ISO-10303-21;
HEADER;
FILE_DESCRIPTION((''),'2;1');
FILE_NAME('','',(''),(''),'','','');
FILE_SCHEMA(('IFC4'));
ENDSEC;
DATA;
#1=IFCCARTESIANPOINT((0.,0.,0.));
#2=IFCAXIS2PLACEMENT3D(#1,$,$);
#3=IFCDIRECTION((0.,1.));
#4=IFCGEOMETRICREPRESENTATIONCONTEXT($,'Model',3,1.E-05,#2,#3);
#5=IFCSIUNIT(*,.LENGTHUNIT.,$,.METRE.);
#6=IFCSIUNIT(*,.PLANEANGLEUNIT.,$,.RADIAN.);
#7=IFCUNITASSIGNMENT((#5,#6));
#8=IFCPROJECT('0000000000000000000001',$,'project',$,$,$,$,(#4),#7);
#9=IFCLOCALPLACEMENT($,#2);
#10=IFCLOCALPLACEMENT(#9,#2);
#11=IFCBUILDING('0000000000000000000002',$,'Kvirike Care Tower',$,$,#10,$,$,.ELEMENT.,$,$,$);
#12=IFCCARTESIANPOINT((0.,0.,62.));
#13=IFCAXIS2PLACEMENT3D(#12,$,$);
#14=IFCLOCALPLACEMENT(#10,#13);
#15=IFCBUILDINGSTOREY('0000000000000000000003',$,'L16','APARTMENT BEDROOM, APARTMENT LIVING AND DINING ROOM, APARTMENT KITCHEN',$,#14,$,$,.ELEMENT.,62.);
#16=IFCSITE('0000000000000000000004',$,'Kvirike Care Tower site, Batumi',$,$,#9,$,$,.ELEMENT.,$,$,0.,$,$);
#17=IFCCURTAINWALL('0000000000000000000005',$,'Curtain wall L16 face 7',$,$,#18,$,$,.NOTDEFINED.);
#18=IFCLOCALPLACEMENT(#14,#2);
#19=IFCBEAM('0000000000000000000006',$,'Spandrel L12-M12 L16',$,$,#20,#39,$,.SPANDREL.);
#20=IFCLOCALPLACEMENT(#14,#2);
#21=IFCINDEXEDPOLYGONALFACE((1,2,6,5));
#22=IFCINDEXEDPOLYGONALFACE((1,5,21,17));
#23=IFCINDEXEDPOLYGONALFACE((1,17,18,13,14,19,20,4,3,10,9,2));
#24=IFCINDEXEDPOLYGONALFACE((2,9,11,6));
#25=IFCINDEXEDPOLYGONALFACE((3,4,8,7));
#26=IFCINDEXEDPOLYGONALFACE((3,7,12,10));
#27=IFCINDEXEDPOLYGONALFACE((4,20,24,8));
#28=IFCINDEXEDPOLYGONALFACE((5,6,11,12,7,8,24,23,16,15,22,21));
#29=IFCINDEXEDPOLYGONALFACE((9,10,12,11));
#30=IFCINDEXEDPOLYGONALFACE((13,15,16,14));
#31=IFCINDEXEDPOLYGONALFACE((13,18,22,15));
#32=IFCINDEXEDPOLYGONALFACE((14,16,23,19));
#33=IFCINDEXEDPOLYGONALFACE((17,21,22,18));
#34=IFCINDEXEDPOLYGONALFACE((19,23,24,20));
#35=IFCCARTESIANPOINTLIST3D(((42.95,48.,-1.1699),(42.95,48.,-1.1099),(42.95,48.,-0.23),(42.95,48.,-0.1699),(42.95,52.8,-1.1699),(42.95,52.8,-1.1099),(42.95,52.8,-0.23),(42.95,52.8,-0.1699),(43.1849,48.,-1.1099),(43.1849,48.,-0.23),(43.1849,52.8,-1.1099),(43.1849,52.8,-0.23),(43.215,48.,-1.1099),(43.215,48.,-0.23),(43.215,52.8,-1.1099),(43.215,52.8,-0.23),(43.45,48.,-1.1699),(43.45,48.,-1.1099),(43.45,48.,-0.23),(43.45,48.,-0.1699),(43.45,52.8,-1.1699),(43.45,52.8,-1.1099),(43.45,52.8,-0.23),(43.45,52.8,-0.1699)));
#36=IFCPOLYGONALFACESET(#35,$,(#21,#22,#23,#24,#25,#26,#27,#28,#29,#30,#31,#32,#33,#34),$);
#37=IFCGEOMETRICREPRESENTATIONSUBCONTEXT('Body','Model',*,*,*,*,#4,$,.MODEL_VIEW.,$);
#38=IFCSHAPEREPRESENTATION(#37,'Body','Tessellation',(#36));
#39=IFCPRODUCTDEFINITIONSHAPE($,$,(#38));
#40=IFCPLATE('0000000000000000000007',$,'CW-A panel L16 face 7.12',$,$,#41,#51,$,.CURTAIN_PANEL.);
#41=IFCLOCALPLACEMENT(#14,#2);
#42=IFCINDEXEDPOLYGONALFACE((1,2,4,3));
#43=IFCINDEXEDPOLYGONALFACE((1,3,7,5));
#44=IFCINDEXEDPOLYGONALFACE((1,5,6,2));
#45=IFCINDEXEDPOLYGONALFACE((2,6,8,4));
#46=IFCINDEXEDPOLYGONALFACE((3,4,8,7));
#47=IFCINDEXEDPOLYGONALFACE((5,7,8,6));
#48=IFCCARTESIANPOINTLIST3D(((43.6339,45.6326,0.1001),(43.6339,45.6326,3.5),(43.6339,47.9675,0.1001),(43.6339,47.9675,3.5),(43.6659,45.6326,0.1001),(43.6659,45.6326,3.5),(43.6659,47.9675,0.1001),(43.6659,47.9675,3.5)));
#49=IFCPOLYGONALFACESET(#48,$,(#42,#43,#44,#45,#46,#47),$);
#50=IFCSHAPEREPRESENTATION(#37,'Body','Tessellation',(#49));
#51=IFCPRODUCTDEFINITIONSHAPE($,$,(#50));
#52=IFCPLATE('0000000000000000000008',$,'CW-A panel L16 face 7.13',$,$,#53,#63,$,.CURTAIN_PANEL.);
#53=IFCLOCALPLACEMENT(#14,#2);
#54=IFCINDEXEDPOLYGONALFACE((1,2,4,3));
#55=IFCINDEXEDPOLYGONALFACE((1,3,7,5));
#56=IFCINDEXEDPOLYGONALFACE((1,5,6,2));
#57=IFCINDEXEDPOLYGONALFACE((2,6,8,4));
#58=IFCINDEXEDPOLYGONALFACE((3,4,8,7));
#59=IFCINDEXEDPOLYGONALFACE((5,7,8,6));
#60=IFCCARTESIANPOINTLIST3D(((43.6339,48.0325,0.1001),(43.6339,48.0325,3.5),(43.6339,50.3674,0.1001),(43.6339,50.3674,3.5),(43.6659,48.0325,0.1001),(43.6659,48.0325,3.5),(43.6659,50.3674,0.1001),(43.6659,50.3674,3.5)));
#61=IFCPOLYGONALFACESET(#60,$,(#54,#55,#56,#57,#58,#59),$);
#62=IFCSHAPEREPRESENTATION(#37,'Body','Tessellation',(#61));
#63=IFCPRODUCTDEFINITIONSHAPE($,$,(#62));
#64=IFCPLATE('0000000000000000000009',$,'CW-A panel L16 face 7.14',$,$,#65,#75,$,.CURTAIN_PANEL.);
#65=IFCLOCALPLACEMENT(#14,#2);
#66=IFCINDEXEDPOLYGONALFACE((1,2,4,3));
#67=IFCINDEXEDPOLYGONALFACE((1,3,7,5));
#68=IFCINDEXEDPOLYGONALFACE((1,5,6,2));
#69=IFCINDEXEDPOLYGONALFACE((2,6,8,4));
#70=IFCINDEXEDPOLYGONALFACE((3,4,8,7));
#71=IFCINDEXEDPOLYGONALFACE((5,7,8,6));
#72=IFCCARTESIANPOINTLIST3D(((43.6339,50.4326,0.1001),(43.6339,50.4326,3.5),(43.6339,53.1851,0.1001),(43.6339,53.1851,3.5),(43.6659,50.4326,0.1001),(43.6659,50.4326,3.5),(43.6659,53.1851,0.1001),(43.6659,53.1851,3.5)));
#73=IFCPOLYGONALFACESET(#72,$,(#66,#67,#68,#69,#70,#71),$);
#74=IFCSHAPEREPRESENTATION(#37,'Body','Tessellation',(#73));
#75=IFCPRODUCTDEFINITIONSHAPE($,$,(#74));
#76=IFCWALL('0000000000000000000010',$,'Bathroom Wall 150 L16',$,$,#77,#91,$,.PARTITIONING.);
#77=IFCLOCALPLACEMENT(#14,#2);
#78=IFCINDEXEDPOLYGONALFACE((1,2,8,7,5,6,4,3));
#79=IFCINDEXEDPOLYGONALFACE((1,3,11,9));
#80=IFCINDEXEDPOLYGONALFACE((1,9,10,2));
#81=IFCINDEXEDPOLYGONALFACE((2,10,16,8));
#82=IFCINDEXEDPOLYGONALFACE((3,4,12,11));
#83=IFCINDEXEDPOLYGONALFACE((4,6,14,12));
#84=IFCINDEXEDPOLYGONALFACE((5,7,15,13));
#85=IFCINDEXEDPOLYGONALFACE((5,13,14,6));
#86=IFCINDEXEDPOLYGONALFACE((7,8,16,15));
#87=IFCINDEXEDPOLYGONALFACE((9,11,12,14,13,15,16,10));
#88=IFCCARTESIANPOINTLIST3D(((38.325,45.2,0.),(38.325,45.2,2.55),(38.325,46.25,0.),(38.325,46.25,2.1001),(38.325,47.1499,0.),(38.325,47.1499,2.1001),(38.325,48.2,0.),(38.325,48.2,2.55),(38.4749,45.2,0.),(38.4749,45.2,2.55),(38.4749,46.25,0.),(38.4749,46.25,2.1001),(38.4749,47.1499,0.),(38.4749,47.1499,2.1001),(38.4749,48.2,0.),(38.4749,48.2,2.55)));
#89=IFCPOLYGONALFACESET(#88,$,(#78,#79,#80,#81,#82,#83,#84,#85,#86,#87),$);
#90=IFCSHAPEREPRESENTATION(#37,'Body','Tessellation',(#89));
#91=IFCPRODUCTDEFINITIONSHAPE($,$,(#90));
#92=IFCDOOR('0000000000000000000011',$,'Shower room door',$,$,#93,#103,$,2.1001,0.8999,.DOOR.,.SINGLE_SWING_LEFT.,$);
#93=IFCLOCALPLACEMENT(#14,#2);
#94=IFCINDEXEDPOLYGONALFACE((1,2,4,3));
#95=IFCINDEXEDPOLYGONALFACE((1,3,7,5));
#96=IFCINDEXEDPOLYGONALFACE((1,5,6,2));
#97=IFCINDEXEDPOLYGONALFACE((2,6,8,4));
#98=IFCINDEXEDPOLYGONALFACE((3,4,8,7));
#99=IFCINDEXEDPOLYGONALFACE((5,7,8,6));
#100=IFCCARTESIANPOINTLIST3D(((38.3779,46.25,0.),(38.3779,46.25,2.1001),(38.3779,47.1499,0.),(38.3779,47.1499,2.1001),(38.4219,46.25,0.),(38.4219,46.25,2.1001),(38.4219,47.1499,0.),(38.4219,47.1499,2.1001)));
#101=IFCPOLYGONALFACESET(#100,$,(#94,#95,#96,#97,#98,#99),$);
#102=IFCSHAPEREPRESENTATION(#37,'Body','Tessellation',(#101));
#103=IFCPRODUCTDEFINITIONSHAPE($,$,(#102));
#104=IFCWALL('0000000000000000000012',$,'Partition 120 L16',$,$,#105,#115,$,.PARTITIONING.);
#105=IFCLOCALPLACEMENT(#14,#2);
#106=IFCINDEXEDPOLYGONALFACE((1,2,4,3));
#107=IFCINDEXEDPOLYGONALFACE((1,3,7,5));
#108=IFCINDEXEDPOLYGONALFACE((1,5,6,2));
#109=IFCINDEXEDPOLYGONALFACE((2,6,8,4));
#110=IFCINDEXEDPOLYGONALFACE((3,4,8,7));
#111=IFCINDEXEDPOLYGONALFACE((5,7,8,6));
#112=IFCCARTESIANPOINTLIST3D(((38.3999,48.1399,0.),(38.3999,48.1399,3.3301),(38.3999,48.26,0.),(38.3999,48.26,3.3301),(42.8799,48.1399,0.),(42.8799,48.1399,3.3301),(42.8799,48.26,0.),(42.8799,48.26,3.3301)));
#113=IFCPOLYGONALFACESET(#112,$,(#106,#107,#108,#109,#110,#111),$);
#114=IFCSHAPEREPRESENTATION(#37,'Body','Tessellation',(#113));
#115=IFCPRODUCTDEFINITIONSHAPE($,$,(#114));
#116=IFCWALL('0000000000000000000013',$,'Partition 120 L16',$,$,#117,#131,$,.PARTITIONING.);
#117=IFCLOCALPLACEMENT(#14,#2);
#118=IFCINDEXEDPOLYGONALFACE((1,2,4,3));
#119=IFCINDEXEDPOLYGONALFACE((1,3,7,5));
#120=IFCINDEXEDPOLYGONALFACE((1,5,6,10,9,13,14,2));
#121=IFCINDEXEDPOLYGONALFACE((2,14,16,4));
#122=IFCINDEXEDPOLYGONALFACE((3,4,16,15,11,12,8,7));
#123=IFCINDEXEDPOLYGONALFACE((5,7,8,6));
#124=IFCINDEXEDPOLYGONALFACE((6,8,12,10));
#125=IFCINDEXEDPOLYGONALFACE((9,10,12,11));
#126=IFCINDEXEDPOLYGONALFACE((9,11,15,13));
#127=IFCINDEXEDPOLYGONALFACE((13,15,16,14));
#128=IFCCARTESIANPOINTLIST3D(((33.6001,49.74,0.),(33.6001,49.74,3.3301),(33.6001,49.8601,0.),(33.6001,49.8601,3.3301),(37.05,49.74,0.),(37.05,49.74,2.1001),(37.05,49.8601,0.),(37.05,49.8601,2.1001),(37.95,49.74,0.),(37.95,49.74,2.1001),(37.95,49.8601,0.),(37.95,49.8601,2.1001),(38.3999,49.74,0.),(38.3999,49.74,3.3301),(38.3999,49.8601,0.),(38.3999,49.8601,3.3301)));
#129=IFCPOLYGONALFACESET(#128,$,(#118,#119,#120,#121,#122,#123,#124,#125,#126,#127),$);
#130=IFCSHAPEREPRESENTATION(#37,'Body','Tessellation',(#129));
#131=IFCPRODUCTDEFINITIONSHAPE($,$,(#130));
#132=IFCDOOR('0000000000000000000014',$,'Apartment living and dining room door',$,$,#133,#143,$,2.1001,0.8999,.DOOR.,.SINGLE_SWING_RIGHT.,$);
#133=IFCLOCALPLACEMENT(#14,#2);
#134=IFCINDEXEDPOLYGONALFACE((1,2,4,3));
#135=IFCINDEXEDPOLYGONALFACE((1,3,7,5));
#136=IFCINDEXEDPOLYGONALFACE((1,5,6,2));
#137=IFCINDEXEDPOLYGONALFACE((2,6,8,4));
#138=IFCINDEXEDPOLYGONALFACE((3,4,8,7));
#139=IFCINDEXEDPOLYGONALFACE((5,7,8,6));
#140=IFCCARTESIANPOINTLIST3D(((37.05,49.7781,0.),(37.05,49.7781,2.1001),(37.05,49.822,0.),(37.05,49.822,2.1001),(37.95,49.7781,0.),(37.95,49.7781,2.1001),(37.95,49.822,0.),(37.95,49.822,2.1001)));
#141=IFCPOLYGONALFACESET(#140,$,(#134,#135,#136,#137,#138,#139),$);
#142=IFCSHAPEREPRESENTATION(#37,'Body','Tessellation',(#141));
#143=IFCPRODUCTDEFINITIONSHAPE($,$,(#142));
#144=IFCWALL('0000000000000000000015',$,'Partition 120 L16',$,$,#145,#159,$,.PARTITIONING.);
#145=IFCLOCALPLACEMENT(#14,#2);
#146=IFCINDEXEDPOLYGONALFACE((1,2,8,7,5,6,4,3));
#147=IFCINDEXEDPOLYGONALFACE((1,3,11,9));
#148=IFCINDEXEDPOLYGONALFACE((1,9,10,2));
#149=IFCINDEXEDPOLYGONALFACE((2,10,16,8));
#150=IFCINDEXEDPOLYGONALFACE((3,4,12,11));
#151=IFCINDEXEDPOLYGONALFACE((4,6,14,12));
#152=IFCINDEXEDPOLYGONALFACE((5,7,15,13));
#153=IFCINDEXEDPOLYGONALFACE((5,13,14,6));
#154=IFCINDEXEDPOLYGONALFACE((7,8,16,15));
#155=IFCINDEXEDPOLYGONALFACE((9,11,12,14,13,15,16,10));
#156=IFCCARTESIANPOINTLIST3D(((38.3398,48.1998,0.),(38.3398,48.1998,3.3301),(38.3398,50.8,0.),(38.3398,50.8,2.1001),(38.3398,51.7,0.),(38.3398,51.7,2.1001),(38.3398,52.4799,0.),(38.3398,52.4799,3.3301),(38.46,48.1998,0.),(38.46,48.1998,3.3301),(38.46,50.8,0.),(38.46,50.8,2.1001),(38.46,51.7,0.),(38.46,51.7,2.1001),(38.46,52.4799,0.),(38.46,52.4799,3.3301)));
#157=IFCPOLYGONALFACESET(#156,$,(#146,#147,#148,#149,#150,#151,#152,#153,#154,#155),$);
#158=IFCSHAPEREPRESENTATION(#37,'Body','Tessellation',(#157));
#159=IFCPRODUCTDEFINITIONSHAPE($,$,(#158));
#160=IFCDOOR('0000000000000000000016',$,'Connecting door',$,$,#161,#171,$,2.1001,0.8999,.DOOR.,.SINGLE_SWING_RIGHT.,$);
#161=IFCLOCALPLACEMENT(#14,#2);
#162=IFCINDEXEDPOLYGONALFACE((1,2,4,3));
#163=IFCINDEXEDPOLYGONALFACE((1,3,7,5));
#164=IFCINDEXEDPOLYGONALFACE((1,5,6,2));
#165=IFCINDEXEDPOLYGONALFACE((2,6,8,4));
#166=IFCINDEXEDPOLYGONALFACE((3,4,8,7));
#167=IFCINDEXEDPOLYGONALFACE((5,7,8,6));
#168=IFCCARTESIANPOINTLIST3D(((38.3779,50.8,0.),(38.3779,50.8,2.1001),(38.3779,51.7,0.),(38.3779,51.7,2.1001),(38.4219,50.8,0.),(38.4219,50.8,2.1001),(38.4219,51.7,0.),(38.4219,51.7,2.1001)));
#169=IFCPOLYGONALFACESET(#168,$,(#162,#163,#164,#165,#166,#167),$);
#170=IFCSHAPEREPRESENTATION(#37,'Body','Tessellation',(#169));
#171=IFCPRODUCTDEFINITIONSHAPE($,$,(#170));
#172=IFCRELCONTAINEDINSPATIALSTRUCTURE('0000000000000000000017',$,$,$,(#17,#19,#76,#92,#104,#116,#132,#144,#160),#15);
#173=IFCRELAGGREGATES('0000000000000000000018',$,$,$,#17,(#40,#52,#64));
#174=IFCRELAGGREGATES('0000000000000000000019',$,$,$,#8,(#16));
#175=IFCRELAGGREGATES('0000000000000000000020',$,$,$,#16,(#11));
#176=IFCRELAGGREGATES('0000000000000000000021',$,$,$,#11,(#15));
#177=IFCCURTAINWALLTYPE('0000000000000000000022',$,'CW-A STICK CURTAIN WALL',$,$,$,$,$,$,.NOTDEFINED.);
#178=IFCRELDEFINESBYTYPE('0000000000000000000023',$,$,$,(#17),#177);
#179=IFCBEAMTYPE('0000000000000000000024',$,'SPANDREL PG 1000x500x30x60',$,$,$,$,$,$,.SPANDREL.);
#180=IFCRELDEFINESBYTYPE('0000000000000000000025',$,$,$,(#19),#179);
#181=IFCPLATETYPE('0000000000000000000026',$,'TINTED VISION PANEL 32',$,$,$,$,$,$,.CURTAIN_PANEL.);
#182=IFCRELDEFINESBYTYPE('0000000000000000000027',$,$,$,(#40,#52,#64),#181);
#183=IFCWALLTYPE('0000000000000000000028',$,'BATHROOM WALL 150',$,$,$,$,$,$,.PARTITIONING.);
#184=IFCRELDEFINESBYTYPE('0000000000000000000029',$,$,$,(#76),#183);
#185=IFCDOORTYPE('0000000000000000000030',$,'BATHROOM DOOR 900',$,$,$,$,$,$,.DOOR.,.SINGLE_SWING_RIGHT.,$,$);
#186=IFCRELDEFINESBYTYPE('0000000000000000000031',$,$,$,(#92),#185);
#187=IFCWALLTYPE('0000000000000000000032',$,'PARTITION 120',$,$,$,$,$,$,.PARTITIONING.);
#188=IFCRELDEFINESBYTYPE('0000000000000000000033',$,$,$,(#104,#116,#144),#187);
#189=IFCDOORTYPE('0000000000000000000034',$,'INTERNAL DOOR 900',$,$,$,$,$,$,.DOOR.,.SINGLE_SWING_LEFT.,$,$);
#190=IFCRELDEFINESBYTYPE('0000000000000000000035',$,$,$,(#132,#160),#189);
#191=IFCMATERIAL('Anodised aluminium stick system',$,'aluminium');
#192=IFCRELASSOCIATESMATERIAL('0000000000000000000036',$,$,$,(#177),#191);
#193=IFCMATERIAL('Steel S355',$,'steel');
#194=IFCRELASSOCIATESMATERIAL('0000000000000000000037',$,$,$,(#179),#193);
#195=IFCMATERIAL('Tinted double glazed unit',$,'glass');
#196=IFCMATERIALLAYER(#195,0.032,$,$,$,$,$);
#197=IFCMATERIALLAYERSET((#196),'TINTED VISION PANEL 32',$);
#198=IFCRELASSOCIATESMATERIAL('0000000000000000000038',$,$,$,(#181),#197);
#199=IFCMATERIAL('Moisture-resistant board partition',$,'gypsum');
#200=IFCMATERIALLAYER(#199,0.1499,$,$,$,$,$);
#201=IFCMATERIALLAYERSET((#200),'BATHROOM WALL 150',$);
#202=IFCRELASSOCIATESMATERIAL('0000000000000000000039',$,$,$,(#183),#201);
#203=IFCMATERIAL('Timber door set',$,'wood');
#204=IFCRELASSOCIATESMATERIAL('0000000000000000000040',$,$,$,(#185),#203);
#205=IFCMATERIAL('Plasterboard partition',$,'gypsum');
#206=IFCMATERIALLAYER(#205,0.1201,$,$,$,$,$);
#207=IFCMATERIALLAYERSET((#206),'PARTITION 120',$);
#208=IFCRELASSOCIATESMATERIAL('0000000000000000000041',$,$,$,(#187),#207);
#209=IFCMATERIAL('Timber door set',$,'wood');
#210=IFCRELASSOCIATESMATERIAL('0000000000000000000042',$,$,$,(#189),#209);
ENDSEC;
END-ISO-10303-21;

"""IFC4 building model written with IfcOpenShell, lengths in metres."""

from ifc_helpers import new_model, si_unit, direction, frame, frame_2d, origin, origin_2d, place, context, subcontext, project, spatial, rectangle, i_section, extrude, material, layer, layer_set, material_profile, profile_set, type_object, element, fill, aggregate, save


model = new_model("IFC4")

# Units and contexts
model_context = context("Model", 3, precision=1e-05, world=origin(), true_north=direction((0.0, 1.0)))
body_context = subcontext(model_context, "Body", "Model", "MODEL_VIEW")
ifc_project = project(units=[si_unit("LENGTHUNIT", "METRE"), si_unit("PLANEANGLEUNIT", "RADIAN")], contexts=[model_context])

# Site, building, storey
site_placement = place(None, origin())
site = spatial("IfcSite", under=ifc_project, at=site_placement, Name="Kvirike Care Tower site, Batumi", CompositionType="ELEMENT", RefElevation=0.0)
building_placement = place(site_placement, origin())
building = spatial("IfcBuilding", under=site, at=building_placement, Name="Kvirike Care Tower", CompositionType="ELEMENT")
storey_placement = place(building_placement, frame((0.0, 0.0, 62.0)))
storey = spatial("IfcBuildingStorey", under=building, at=storey_placement, Name="L16", Description="APARTMENT BEDROOM, APARTMENT LIVING AND DINING ROOM, APARTMENT KITCHEN", CompositionType="ELEMENT", Elevation=62.0)

# Curtain wall
ifc_material_1 = material(Name="Anodised aluminium stick system", Category="aluminium")
curtain_wall_type = type_object("IfcCurtainWallType", Name="CW-A STICK CURTAIN WALL", PredefinedType="NOTDEFINED", material=ifc_material_1)
curtain_wall_1_placement = place(storey_placement, origin())
curtain_wall_1 = element("IfcCurtainWall", 1, at=curtain_wall_1_placement, inside=storey, type_object=curtain_wall_type, Name="Curtain wall L16 face 7", PredefinedType="NOTDEFINED")

# Beam
ifc_material_2 = material(Name="Steel S355", Category="steel")
ifc_material_profile_1 = material_profile(ifc_material_2, i_section(OverallWidth=0.5, OverallDepth=1.0, WebThickness=0.03, FlangeThickness=0.0601, at=origin_2d()), Name="PG 1000x500x30x60")
ifc_profile_set_1 = profile_set([ifc_material_profile_1], Name="Steel S355")
beam_type = type_object("IfcBeamType", Name="SPANDREL PG 1000x500x30x60", PredefinedType="SPANDREL", material=ifc_profile_set_1)
for number, where, z_axis, x_axis, name in (
    (2, (43.2, 48.0, -0.6699), (0.0, 1.0, 0.0), (-1.0, 0.0, 0.0), "Spandrel L12-M12 L16"),
):
    element("IfcBeam", number, at=place(storey_placement, frame(where, z_axis=z_axis, x_axis=x_axis)), inside=storey, type_object=beam_type, Name=name, PredefinedType="SPANDREL", context=body_context, shape_type="SweptSolid", body=[
        extrude(i_section(OverallWidth=0.5, OverallDepth=1.0, WebThickness=0.03, FlangeThickness=0.0601, at=origin_2d()), origin(), (0.0, 0.0, 1.0), 4.8),
    ])

# Plates
ifc_material_3 = material(Name="Tinted double glazed unit", Category="glass")
ifc_layer_1 = layer(ifc_material_3, 0.032)
ifc_layer_set_1 = layer_set([ifc_layer_1], Name="TINTED VISION PANEL 32")
plate_type = type_object("IfcPlateType", Name="TINTED VISION PANEL 32", PredefinedType="CURTAIN_PANEL", material=ifc_layer_set_1)
plate_1_placement = place(storey_placement, frame((43.6499, 46.8, 0.1001), z_axis=(0.0, 0.0, 1.0), x_axis=(0.0, 1.0, 0.0)))
plate_1 = element("IfcPlate", 3, at=plate_1_placement, type_object=plate_type, Name="CW-A panel L16 face 7.12", PredefinedType="CURTAIN_PANEL", context=body_context, shape_type="SweptSolid", body=[
    extrude(rectangle(XDim=2.335, YDim=0.032, at=origin_2d()), origin(), (0.0, 0.0, 1.0), 3.3999),
])
plate_2_placement = place(storey_placement, frame((43.6499, 49.2, 0.1001), z_axis=(0.0, 0.0, 1.0), x_axis=(0.0, 1.0, 0.0)))
plate_2 = element("IfcPlate", 4, at=plate_2_placement, type_object=plate_type, Name="CW-A panel L16 face 7.13", PredefinedType="CURTAIN_PANEL", context=body_context, shape_type="SweptSolid", body=[
    extrude(rectangle(XDim=2.335, YDim=0.032, at=origin_2d()), origin(), (0.0, 0.0, 1.0), 3.3999),
])
plate_3_placement = place(storey_placement, frame((43.6499, 51.8088, 0.1001), z_axis=(0.0, 0.0, 1.0), x_axis=(0.0, 1.0, 0.0)))
plate_3 = element("IfcPlate", 5, at=plate_3_placement, type_object=plate_type, Name="CW-A panel L16 face 7.14", PredefinedType="CURTAIN_PANEL", context=body_context, shape_type="SweptSolid", body=[
    extrude(rectangle(XDim=2.7524, YDim=0.032, at=origin_2d()), origin(), (0.0, 0.0, 1.0), 3.3999),
])
aggregate(curtain_wall_1, [plate_1, plate_2, plate_3])

# Wall, opening, door
ifc_material_4 = material(Name="Moisture-resistant board partition", Category="gypsum")
ifc_layer_2 = layer(ifc_material_4, 0.1499)
ifc_layer_set_2 = layer_set([ifc_layer_2], Name="BATHROOM WALL 150")
wall_type_1 = type_object("IfcWallType", Name="BATHROOM WALL 150", PredefinedType="PARTITIONING", material=ifc_layer_set_2)
wall_1_placement = place(storey_placement, frame((38.3999, 48.2, 0.0), z_axis=(0.0, 0.0, 1.0), x_axis=(0.0, -1.0, 0.0)))
wall_1 = element("IfcWall", 6, at=wall_1_placement, inside=storey, type_object=wall_type_1, Name="Bathroom Wall 150 L16", PredefinedType="PARTITIONING", context=body_context, shape_type="SweptSolid", body=[
    extrude(rectangle(XDim=3.0, YDim=0.1499, at=frame_2d((1.5, 0.0))), origin(), (0.0, 0.0, 1.0), 2.55),
])
opening_1_placement = place(wall_1_placement, frame((1.05, 0.0, 0.0)))
opening_1 = element("IfcOpeningElement", 7, at=opening_1_placement, cuts=wall_1, PredefinedType="OPENING", context=body_context, shape_type="SweptSolid", body=[
    extrude(rectangle(XDim=0.8999, YDim=2.1001, at=frame_2d((0.45, 1.05))), frame((0.0, 0.0854, 0.0), z_axis=(0.0, -1.0, 0.0), x_axis=(1.0, 0.0, 0.0)), (0.0, 0.0, 1.0), 0.1709),
])
ifc_material_5 = material(Name="Timber door set", Category="wood")
door_type_1 = type_object("IfcDoorType", Name="BATHROOM DOOR 900", OperationType="SINGLE_SWING_RIGHT", PredefinedType="DOOR", material=ifc_material_5)
door_1_placement = place(opening_1_placement, origin())
door_1 = element("IfcDoor", 8, at=door_1_placement, inside=storey, type_object=door_type_1, Name="Shower room door", OperationType="SINGLE_SWING_LEFT", OverallHeight=2.1001, OverallWidth=0.8999, PredefinedType="DOOR", context=body_context, shape_type="SweptSolid", body=[
    extrude(rectangle(XDim=0.8999, YDim=2.1001, at=frame_2d((0.45, 1.05))), frame((0.0, 0.022, 0.0), z_axis=(0.0, -1.0, 0.0), x_axis=(1.0, 0.0, 0.0)), (0.0, 0.0, 1.0), 0.0439),
])
fill(opening_1, door_1)

# Wall
ifc_material_6 = material(Name="Plasterboard partition", Category="gypsum")
ifc_layer_3 = layer(ifc_material_6, 0.1201)
ifc_layer_set_3 = layer_set([ifc_layer_3], Name="PARTITION 120")
wall_type_2 = type_object("IfcWallType", Name="PARTITION 120", PredefinedType="PARTITIONING", material=ifc_layer_set_3)
wall_2_placement = place(storey_placement, frame((42.8799, 48.2, 0.0), z_axis=(0.0, 0.0, 1.0), x_axis=(-1.0, 0.0, 0.0)))
element("IfcWall", 9, at=wall_2_placement, inside=storey, type_object=wall_type_2, Name="Partition 120 L16", PredefinedType="PARTITIONING", context=body_context, shape_type="SweptSolid", body=[
    extrude(rectangle(XDim=4.48, YDim=0.1201, at=frame_2d((2.24, 0.0))), origin(), (0.0, 0.0, 1.0), 3.3301),
])

# Walls, openings, doors
wall_3_placement = place(storey_placement, frame((38.3999, 49.8, 0.0), z_axis=(0.0, 0.0, 1.0), x_axis=(-1.0, 0.0, 0.0)))
wall_3 = element("IfcWall", 10, at=wall_3_placement, inside=storey, type_object=wall_type_2, Name="Partition 120 L16", PredefinedType="PARTITIONING", context=body_context, shape_type="SweptSolid", body=[
    extrude(rectangle(XDim=4.7998, YDim=0.1201, at=frame_2d((2.3999, 0.0))), origin(), (0.0, 0.0, 1.0), 3.3301),
])
opening_2_placement = place(wall_3_placement, frame((0.45, 0.0, 0.0)))
opening_2 = element("IfcOpeningElement", 11, at=opening_2_placement, cuts=wall_3, PredefinedType="OPENING", context=body_context, shape_type="SweptSolid", body=[
    extrude(rectangle(XDim=0.8999, YDim=2.1001, at=frame_2d((0.45, 1.05))), frame((0.0, 0.0706, 0.0), z_axis=(0.0, -1.0, 0.0), x_axis=(1.0, 0.0, 0.0)), (0.0, 0.0, 1.0), 0.1411),
])
ifc_material_7 = material(Name="Timber door set", Category="wood")
door_type_2 = type_object("IfcDoorType", Name="INTERNAL DOOR 900", OperationType="SINGLE_SWING_LEFT", PredefinedType="DOOR", material=ifc_material_7)
door_2_placement = place(opening_2_placement, origin())
door_2 = element("IfcDoor", 12, at=door_2_placement, inside=storey, type_object=door_type_2, Name="Apartment living and dining room door", OperationType="SINGLE_SWING_RIGHT", OverallHeight=2.1001, OverallWidth=0.8999, PredefinedType="DOOR", context=body_context, shape_type="SweptSolid", body=[
    extrude(rectangle(XDim=0.8999, YDim=2.1001, at=frame_2d((0.45, 1.05))), frame((0.0, 0.022, 0.0), z_axis=(0.0, -1.0, 0.0), x_axis=(1.0, 0.0, 0.0)), (0.0, 0.0, 1.0), 0.0439),
])
fill(opening_2, door_2)
wall_4_placement = place(storey_placement, frame((38.3999, 52.48, 0.0), z_axis=(0.0, 0.0, 1.0), x_axis=(0.0, -1.0, 0.0)))
wall_4 = element("IfcWall", 13, at=wall_4_placement, inside=storey, type_object=wall_type_2, Name="Partition 120 L16", PredefinedType="PARTITIONING", context=body_context, shape_type="SweptSolid", body=[
    extrude(rectangle(XDim=4.28, YDim=0.1201, at=frame_2d((2.1401, 0.0))), origin(), (0.0, 0.0, 1.0), 3.3301),
])
opening_3_placement = place(wall_4_placement, frame((0.78, 0.0, 0.0)))
opening_3 = element("IfcOpeningElement", 14, at=opening_3_placement, cuts=wall_4, PredefinedType="OPENING", context=body_context, shape_type="SweptSolid", body=[
    extrude(rectangle(XDim=0.8999, YDim=2.1001, at=frame_2d((0.45, 1.05))), frame((0.0, 0.0706, 0.0), z_axis=(0.0, -1.0, 0.0), x_axis=(1.0, 0.0, 0.0)), (0.0, 0.0, 1.0), 0.1411),
])
door_3_placement = place(opening_3_placement, origin())
door_3 = element("IfcDoor", 15, at=door_3_placement, inside=storey, type_object=door_type_2, Name="Connecting door", OperationType="SINGLE_SWING_RIGHT", OverallHeight=2.1001, OverallWidth=0.8999, PredefinedType="DOOR", context=body_context, shape_type="SweptSolid", body=[
    extrude(rectangle(XDim=0.8999, YDim=2.1001, at=frame_2d((0.45, 1.05))), frame((0.0, 0.022, 0.0), z_axis=(0.0, -1.0, 0.0), x_axis=(1.0, 0.0, 0.0)), (0.0, 0.0, 1.0), 0.0439),
])
fill(opening_3, door_3)

save(model, "model.ifc")
